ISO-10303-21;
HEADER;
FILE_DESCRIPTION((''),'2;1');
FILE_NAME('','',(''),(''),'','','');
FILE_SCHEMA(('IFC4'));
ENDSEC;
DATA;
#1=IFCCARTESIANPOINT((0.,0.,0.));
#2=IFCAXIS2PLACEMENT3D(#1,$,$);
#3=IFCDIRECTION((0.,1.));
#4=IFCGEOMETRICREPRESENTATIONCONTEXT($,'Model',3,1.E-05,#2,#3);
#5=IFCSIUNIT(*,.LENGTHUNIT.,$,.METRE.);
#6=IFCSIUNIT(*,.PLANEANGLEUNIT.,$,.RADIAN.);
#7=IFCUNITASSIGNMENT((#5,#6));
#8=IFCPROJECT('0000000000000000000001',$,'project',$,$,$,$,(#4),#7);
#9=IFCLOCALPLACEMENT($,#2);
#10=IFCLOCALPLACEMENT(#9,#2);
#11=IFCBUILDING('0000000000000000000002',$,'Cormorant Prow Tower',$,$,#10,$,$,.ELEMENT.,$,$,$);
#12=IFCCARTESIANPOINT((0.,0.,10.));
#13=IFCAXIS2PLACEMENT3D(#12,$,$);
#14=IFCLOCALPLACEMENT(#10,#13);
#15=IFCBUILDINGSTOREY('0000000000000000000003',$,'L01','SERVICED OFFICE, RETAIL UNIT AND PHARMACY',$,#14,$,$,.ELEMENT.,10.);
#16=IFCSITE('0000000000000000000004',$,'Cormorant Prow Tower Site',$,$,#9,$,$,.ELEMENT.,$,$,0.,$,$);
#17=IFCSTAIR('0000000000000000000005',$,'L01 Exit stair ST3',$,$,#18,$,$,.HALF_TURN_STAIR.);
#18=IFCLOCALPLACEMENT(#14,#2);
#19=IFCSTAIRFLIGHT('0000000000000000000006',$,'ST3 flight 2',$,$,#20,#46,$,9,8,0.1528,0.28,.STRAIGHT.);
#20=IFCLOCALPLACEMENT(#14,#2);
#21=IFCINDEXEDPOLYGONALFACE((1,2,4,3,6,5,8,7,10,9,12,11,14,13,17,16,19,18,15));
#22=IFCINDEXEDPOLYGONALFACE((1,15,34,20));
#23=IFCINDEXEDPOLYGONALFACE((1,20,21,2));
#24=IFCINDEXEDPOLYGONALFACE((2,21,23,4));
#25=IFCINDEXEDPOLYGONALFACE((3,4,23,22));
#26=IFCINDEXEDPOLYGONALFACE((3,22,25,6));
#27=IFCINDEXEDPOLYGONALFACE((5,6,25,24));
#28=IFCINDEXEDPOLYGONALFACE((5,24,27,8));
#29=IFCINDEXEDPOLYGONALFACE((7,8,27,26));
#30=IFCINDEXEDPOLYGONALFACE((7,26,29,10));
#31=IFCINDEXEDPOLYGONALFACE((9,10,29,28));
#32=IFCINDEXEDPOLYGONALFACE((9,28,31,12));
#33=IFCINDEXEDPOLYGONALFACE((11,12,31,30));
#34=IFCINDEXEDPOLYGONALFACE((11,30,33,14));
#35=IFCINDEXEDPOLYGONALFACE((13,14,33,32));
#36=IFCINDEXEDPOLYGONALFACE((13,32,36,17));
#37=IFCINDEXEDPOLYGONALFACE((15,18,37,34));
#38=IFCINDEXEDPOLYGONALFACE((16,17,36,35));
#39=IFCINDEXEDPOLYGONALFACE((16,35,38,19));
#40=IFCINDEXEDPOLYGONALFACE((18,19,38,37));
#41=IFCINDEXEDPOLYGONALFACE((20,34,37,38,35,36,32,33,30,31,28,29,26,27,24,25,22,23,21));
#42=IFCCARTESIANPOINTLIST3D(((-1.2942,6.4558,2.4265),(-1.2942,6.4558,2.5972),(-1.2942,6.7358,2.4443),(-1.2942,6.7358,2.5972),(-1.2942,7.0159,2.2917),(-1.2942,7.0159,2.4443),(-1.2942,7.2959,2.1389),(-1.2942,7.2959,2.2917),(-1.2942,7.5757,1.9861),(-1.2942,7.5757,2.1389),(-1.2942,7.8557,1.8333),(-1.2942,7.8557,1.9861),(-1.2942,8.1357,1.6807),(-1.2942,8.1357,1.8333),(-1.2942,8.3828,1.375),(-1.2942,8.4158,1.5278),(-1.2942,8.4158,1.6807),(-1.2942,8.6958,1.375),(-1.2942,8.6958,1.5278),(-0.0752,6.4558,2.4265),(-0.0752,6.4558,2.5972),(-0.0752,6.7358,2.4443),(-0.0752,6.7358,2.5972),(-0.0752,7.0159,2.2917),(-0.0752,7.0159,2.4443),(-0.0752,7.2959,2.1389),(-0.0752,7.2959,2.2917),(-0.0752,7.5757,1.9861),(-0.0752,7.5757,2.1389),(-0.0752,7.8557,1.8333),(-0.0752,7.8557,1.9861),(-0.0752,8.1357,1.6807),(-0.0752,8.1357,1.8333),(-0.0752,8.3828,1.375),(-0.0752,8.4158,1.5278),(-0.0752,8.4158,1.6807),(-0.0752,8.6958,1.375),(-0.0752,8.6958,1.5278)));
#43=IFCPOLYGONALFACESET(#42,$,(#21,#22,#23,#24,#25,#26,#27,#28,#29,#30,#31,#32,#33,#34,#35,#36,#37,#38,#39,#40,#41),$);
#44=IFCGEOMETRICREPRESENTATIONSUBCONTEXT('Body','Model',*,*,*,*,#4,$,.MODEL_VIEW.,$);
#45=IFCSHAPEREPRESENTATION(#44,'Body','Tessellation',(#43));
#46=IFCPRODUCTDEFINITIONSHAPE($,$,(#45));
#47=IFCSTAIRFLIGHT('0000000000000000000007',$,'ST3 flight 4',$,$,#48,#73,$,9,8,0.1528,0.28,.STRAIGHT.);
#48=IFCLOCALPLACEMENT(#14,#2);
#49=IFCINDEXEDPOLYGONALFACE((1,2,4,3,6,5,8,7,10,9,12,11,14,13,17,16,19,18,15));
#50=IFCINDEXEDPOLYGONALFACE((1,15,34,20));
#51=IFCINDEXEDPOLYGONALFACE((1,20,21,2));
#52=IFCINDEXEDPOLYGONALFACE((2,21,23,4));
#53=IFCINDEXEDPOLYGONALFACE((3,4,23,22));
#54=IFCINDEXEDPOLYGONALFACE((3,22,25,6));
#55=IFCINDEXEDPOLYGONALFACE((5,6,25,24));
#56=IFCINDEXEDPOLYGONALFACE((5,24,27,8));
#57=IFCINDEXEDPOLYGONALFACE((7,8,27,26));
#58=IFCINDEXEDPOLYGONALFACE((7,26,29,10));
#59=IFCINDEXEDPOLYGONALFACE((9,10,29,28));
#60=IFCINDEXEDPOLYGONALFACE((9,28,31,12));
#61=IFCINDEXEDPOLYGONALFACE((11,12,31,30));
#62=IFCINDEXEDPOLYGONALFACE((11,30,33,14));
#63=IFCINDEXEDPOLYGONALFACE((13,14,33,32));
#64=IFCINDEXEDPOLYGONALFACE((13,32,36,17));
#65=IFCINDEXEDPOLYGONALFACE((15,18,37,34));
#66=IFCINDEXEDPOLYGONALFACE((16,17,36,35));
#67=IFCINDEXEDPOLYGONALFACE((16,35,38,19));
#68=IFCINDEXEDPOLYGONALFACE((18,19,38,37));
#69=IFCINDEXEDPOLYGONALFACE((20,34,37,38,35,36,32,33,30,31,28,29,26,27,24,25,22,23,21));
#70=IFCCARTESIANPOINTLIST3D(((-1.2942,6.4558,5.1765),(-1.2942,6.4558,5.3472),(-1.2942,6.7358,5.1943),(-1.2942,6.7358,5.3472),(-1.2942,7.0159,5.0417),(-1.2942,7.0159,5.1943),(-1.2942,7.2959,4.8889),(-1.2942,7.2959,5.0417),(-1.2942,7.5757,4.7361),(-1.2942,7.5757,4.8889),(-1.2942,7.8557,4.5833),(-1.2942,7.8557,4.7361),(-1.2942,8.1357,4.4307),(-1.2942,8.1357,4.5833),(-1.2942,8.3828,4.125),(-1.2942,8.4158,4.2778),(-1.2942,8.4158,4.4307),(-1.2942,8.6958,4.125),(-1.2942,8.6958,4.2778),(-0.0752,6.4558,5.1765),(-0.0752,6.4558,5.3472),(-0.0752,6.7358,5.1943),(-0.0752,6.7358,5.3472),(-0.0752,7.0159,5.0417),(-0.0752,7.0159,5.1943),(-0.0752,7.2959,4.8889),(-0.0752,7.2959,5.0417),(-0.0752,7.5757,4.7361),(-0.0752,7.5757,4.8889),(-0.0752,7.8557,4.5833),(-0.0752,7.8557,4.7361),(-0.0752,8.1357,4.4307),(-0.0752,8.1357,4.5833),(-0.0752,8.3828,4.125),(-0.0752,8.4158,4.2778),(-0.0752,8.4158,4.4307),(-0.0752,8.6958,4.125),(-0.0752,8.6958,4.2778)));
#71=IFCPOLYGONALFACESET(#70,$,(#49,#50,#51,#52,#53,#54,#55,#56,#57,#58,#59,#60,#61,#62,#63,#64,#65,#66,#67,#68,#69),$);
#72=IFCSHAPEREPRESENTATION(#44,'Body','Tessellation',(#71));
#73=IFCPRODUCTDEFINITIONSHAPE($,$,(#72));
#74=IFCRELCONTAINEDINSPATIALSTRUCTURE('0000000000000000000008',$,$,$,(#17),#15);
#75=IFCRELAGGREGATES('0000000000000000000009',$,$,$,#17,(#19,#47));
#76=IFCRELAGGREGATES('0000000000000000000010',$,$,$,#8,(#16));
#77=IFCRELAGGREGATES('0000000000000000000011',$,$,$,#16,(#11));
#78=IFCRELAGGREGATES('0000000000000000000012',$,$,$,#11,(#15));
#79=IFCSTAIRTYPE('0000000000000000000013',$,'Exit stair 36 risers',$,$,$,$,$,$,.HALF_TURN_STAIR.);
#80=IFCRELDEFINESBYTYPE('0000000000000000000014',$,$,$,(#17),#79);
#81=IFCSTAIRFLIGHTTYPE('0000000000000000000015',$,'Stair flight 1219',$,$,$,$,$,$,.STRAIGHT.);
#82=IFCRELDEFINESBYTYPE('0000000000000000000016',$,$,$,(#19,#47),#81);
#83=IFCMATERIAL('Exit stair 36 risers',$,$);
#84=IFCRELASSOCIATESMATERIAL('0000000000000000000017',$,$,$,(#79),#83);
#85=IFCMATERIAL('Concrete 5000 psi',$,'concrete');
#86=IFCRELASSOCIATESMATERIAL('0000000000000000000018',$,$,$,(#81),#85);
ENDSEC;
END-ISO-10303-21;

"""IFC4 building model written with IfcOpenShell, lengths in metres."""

from ifc_helpers import new_model, si_unit, direction, frame, origin, place, context, subcontext, project, spatial, polyline, outline, extrude, material, type_object, element, aggregate, save


model = new_model("IFC4")

# Units and contexts
model_context = context("Model", 3, precision=1e-05, world=origin(), true_north=direction((0.0, 1.0)))
body_context = subcontext(model_context, "Body", "Model", "MODEL_VIEW")
ifc_project = project(units=[si_unit("LENGTHUNIT", "METRE"), si_unit("PLANEANGLEUNIT", "RADIAN")], contexts=[model_context])

# Site, building, storey
site_placement = place(None, origin())
site = spatial("IfcSite", under=ifc_project, at=site_placement, Name="Cormorant Prow Tower Site", CompositionType="ELEMENT", RefElevation=0.0)
building_placement = place(site_placement, origin())
building = spatial("IfcBuilding", under=site, at=building_placement, Name="Cormorant Prow Tower", CompositionType="ELEMENT")
storey_placement = place(building_placement, frame((0.0, 0.0, 10.0)))
storey = spatial("IfcBuildingStorey", under=building, at=storey_placement, Name="L01", Description="SERVICED OFFICE, RETAIL UNIT AND PHARMACY", CompositionType="ELEMENT", Elevation=10.0)

# Stair, stair flights
ifc_material_1 = material(Name="Exit stair 36 risers")
stair_type = type_object("IfcStairType", Name="Exit stair 36 risers", PredefinedType="HALF_TURN_STAIR", material=ifc_material_1)
stair_placement = place(storey_placement, origin())
stair = element("IfcStair", 1, at=stair_placement, inside=storey, type_object=stair_type, Name="L01 Exit stair ST3", PredefinedType="HALF_TURN_STAIR")
ifc_material_2 = material(Name="Concrete 5000 psi", Category="concrete")
stair_flight_type = type_object("IfcStairFlightType", Name="Stair flight 1219", PredefinedType="STRAIGHT", material=ifc_material_2)
stair_flight_1_placement = place(storey_placement, frame((-0.6846, 8.6958, 1.375), z_axis=(0.0, 0.0, 1.0), x_axis=(0.0, -1.0, 0.0)))
stair_flight_1 = element("IfcStairFlight", 2, at=stair_flight_1_placement, type_object=stair_flight_type, Name="ST3 flight 2", NumberOfRisers=9, NumberOfTreads=8, PredefinedType="STRAIGHT", RiserHeight=0.1528, TreadLength=0.28, context=body_context, shape_type="SweptSolid", body=[
    extrude(outline(polyline([(0.0, 0.0), (0.0, 0.1528), (0.28, 0.1528), (0.28, 0.3057), (0.5601, 0.3057), (0.5601, 0.4583), (0.8401, 0.4583), (0.8401, 0.6111), (1.1201, 0.6111), (1.1201, 0.7639), (1.3999, 0.7639), (1.3999, 0.9167), (1.6799, 0.9167), (1.6799, 1.0693), (1.96, 1.0693), (1.96, 1.2222), (2.24, 1.2222), (2.24, 1.375), (2.24, 1.0515), (0.313, 0.0), (0.0, 0.0)])), frame((0.0, 0.6094, 0.0), z_axis=(0.0, -1.0, 0.0), x_axis=(1.0, 0.0, 0.0)), (0.0, 0.0, 1.0), 1.219),
])
stair_flight_2_placement = place(storey_placement, frame((-0.6846, 8.6958, 4.125), z_axis=(0.0, 0.0, 1.0), x_axis=(0.0, -1.0, 0.0)))
stair_flight_2 = element("IfcStairFlight", 3, at=stair_flight_2_placement, type_object=stair_flight_type, Name="ST3 flight 4", NumberOfRisers=9, NumberOfTreads=8, PredefinedType="STRAIGHT", RiserHeight=0.1528, TreadLength=0.28, context=body_context, shape_type="SweptSolid", body=[
    extrude(outline(polyline([(0.0, 0.0), (0.0, 0.1528), (0.28, 0.1528), (0.28, 0.3057), (0.5601, 0.3057), (0.5601, 0.4583), (0.8401, 0.4583), (0.8401, 0.6111), (1.1201, 0.6111), (1.1201, 0.7639), (1.3999, 0.7639), (1.3999, 0.9167), (1.6799, 0.9167), (1.6799, 1.0693), (1.96, 1.0693), (1.96, 1.2222), (2.24, 1.2222), (2.24, 1.375), (2.24, 1.0515), (0.313, 0.0), (0.0, 0.0)])), frame((0.0, 0.6094, 0.0), z_axis=(0.0, -1.0, 0.0), x_axis=(1.0, 0.0, 0.0)), (0.0, 0.0, 1.0), 1.219),
])
aggregate(stair, [stair_flight_1, stair_flight_2])

save(model, "model.ifc")
